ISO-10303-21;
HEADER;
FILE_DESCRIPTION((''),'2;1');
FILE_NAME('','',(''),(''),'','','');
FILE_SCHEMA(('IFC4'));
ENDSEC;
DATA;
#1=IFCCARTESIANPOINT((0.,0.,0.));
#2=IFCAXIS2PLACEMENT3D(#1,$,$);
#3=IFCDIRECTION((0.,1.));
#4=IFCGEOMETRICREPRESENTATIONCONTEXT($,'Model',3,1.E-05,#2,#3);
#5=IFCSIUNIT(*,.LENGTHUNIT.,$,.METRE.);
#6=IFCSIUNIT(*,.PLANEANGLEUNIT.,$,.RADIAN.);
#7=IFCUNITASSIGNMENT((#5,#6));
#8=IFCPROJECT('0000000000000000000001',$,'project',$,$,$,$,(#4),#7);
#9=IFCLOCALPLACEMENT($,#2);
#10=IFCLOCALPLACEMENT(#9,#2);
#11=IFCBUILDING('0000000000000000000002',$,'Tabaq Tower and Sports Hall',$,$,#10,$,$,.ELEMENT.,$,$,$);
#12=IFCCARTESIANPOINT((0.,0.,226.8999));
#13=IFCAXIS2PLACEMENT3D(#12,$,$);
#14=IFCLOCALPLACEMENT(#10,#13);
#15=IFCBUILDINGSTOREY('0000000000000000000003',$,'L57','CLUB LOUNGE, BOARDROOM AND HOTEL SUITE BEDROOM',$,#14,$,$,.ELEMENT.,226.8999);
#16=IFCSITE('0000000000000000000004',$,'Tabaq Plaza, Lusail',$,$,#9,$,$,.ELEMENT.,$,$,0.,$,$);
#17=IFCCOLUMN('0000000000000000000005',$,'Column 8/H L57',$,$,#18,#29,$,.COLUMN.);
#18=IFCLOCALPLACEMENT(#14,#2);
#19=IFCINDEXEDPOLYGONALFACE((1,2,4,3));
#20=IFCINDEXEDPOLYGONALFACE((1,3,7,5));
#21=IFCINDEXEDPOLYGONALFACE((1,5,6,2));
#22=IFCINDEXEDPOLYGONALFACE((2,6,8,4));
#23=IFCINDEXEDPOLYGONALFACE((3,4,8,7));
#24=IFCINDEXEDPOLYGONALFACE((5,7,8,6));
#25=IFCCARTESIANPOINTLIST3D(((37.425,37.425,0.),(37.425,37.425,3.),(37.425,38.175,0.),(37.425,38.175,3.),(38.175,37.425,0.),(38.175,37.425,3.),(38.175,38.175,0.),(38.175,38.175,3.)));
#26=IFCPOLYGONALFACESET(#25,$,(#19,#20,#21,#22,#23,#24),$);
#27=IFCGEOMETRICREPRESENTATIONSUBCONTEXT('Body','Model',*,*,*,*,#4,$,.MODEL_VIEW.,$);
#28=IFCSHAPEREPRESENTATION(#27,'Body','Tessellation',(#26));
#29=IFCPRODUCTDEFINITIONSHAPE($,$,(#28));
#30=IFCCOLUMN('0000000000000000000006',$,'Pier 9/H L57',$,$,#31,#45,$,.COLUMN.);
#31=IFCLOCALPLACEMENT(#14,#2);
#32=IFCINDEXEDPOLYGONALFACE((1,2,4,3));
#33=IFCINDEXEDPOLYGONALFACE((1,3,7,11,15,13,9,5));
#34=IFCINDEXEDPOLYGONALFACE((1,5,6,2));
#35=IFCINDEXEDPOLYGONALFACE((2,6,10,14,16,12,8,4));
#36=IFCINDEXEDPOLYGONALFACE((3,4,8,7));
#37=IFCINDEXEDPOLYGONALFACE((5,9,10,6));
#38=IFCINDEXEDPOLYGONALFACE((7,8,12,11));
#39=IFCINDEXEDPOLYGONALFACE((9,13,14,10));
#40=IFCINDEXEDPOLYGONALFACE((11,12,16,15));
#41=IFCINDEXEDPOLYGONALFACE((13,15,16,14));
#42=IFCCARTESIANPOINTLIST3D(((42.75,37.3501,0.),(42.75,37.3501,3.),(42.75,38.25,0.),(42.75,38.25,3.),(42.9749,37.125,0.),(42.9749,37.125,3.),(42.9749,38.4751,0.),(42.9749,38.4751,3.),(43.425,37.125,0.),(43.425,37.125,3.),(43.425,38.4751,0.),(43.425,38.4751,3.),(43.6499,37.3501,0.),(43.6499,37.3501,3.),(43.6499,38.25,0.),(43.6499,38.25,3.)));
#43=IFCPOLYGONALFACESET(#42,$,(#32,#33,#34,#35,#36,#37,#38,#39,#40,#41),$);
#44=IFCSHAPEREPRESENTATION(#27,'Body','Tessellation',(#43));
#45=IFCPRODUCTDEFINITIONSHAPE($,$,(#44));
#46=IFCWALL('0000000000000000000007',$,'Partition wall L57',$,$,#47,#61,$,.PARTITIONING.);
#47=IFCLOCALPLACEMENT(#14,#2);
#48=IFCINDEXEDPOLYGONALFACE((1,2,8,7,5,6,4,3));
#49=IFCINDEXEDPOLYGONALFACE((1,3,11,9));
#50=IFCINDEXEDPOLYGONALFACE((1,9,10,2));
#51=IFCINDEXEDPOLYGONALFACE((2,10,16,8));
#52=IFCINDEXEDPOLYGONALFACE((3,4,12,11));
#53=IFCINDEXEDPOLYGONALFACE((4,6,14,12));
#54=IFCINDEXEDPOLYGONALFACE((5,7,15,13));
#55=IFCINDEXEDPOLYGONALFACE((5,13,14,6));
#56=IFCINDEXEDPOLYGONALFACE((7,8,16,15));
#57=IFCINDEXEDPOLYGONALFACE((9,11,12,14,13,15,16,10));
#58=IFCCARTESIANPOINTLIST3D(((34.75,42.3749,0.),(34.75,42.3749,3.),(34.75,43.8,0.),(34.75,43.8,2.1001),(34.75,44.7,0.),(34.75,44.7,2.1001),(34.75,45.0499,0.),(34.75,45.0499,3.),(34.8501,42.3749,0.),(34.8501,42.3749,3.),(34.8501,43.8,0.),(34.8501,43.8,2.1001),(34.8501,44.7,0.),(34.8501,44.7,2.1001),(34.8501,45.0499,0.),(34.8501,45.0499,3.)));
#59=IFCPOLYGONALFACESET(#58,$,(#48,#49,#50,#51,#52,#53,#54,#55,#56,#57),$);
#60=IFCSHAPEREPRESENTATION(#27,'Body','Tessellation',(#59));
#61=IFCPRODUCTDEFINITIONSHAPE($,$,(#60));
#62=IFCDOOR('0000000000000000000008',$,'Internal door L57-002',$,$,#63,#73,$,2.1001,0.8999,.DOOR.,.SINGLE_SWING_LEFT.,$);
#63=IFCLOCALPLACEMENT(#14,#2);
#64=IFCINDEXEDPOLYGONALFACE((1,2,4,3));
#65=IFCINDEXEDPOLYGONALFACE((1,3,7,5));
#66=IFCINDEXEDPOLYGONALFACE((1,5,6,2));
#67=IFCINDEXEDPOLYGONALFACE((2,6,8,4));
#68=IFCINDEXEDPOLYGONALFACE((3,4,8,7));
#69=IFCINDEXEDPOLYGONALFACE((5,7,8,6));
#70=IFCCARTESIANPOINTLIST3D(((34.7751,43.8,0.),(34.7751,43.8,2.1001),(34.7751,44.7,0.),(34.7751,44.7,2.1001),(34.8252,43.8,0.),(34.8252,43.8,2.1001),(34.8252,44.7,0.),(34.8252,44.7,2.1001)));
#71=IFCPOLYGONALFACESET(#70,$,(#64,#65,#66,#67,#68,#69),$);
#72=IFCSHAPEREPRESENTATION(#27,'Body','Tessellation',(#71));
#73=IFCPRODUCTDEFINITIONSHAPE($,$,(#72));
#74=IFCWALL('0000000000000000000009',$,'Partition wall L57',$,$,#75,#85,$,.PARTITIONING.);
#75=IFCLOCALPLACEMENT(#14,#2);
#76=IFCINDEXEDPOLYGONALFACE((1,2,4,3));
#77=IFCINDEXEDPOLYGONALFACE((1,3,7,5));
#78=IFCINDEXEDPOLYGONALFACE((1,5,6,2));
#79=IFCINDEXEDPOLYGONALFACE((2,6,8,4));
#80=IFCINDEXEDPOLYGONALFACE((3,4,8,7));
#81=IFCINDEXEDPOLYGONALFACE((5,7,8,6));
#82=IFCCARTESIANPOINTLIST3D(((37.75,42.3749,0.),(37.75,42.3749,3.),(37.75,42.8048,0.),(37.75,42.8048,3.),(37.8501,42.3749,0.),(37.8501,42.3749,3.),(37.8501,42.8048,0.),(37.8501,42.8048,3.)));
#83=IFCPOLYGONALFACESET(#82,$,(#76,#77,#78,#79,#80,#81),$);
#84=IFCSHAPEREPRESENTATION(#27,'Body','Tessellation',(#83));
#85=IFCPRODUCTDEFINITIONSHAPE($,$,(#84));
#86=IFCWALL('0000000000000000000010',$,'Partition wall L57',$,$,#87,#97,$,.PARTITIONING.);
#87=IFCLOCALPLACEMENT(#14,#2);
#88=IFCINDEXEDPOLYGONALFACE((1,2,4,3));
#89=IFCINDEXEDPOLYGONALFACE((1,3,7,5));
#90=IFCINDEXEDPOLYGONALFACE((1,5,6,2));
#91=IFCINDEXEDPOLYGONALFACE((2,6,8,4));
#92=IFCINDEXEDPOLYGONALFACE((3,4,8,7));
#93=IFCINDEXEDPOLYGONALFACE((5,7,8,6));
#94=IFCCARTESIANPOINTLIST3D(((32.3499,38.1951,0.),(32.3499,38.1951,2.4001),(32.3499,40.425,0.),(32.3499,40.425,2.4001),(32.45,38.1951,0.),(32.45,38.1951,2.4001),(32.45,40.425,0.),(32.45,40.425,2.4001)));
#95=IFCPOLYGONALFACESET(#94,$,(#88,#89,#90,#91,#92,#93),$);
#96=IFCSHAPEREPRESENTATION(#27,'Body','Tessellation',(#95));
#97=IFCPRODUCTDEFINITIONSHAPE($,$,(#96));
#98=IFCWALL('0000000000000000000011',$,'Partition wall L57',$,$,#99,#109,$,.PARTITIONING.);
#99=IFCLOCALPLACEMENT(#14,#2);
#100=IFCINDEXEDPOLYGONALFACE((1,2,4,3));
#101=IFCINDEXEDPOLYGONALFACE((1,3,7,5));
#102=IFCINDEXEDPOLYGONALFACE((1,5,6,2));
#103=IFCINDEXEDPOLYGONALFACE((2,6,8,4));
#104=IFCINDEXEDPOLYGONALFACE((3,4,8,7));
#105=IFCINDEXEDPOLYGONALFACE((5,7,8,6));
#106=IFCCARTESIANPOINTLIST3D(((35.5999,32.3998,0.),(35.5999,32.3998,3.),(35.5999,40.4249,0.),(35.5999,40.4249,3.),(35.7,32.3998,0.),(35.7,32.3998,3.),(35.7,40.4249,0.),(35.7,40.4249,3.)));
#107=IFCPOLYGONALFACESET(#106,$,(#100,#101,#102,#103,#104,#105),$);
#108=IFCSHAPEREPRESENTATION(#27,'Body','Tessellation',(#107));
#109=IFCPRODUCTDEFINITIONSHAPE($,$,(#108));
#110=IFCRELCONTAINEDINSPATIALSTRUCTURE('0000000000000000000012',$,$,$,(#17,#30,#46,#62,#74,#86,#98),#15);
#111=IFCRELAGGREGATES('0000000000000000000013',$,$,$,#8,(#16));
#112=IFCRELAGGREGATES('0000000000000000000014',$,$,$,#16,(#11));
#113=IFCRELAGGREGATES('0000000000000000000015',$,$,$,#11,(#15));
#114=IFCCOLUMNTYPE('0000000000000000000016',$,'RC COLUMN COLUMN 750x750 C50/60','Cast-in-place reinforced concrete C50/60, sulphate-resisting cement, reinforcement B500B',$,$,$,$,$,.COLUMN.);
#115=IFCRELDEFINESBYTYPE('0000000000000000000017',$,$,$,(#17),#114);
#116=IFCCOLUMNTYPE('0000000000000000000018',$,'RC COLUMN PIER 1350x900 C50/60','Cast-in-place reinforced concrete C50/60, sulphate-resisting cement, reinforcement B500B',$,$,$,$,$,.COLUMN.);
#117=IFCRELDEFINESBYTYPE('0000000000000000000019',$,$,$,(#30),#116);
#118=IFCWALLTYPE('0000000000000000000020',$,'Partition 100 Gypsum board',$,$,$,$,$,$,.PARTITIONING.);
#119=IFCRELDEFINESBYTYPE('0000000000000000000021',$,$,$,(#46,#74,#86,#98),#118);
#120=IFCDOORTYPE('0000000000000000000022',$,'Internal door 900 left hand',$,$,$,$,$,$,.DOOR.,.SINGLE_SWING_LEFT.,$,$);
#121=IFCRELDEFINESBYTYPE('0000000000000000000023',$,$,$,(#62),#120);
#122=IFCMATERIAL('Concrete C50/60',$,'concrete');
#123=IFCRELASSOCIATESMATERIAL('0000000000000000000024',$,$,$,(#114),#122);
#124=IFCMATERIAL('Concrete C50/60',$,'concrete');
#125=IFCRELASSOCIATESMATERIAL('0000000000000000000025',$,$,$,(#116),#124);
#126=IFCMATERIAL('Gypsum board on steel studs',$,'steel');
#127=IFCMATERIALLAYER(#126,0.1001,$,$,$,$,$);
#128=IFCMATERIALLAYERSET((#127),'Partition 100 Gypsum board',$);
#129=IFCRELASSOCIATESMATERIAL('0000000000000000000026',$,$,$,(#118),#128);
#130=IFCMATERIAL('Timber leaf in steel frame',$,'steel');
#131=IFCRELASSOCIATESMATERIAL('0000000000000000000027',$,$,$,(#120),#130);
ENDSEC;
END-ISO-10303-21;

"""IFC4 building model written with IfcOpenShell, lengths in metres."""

from ifc_helpers import new_model, si_unit, direction, frame, frame_2d, origin, origin_2d, place, context, subcontext, project, spatial, polyline, rectangle, outline, extrude, material, layer, layer_set, material_profile, profile_set, type_object, element, fill, save


model = new_model("IFC4")

# Units and contexts
model_context = context("Model", 3, precision=1e-05, world=origin(), true_north=direction((0.0, 1.0)))
body_context = subcontext(model_context, "Body", "Model", "MODEL_VIEW")
ifc_project = project(units=[si_unit("LENGTHUNIT", "METRE"), si_unit("PLANEANGLEUNIT", "RADIAN")], contexts=[model_context])

# Site, building, storey
site_placement = place(None, origin())
site = spatial("IfcSite", under=ifc_project, at=site_placement, Name="Tabaq Plaza, Lusail", CompositionType="ELEMENT", RefElevation=0.0)
building_placement = place(site_placement, origin())
building = spatial("IfcBuilding", under=site, at=building_placement, Name="Tabaq Tower and Sports Hall", CompositionType="ELEMENT")
storey_placement = place(building_placement, frame((0.0, 0.0, 226.8999)))
storey = spatial("IfcBuildingStorey", under=building, at=storey_placement, Name="L57", Description="CLUB LOUNGE, BOARDROOM AND HOTEL SUITE BEDROOM", CompositionType="ELEMENT", Elevation=226.8999)

# Columns
ifc_material_1 = material(Name="Concrete C50/60", Category="concrete")
ifc_material_profile_1 = material_profile(ifc_material_1, rectangle(XDim=0.75, YDim=0.75, at=origin_2d()), Name="COLUMN 750x750")
ifc_profile_set_1 = profile_set([ifc_material_profile_1], Name="Concrete C50/60")
column_type_1 = type_object("IfcColumnType", Name="RC COLUMN COLUMN 750x750 C50/60", Description="Cast-in-place reinforced concrete C50/60, sulphate-resisting cement, reinforcement B500B", PredefinedType="COLUMN", material=ifc_profile_set_1)
column_1_placement = place(storey_placement, frame((37.8, 37.8, 0.0), z_axis=(0.0, 0.0, 1.0), x_axis=(1.0, 0.0, 0.0)))
element("IfcColumn", 1, at=column_1_placement, inside=storey, type_object=column_type_1, Name="Column 8/H L57", PredefinedType="COLUMN", context=body_context, shape_type="SweptSolid", body=[
    extrude(rectangle(XDim=0.75, YDim=0.75, at=origin_2d()), origin(), (0.0, 0.0, 1.0), 3.0),
])
ifc_material_2 = material(Name="Concrete C50/60", Category="concrete")
ifc_material_profile_2 = material_profile(ifc_material_2, outline(polyline([(-0.45, -0.45), (0.45, -0.45), (0.675, -0.2251), (0.675, 0.2251), (0.45, 0.45), (-0.45, 0.45), (-0.675, 0.2251), (-0.675, -0.2251), (-0.45, -0.45)])), Name="PIER 1350x900")
ifc_profile_set_2 = profile_set([ifc_material_profile_2], Name="Concrete C50/60")
column_type_2 = type_object("IfcColumnType", Name="RC COLUMN PIER 1350x900 C50/60", Description="Cast-in-place reinforced concrete C50/60, sulphate-resisting cement, reinforcement B500B", PredefinedType="COLUMN", material=ifc_profile_set_2)
column_2_placement = place(storey_placement, frame((43.2, 37.8, 0.0), z_axis=(0.0, 0.0, 1.0), x_axis=(0.0, 1.0, 0.0)))
element("IfcColumn", 2, at=column_2_placement, inside=storey, type_object=column_type_2, Name="Pier 9/H L57", PredefinedType="COLUMN", context=body_context, shape_type="SweptSolid", body=[
    extrude(outline(polyline([(-0.45, -0.45), (0.45, -0.45), (0.675, -0.2251), (0.675, 0.2251), (0.45, 0.45), (-0.45, 0.45), (-0.675, 0.2251), (-0.675, -0.2251), (-0.45, -0.45)])), origin(), (0.0, 0.0, 1.0), 3.0),
])

# Wall, opening, door
ifc_material_3 = material(Name="Gypsum board on steel studs", Category="steel")
ifc_layer_1 = layer(ifc_material_3, 0.1001)
ifc_layer_set_1 = layer_set([ifc_layer_1], Name="Partition 100 Gypsum board")
wall_type_1 = type_object("IfcWallType", Name="Partition 100 Gypsum board", PredefinedType="PARTITIONING", material=ifc_layer_set_1)
wall_1_placement = place(storey_placement, frame((34.8, 42.375, 0.0), z_axis=(0.0, 0.0, 1.0), x_axis=(0.0, 1.0, 0.0)))
wall_1 = element("IfcWall", 3, at=wall_1_placement, inside=storey, type_object=wall_type_1, Name="Partition wall L57", PredefinedType="PARTITIONING", context=body_context, shape_type="SweptSolid", body=[
    extrude(rectangle(XDim=2.675, YDim=0.1001, at=frame_2d((1.3374, 0.0))), origin(), (0.0, 0.0, 1.0), 3.0),
])
opening_1_placement = place(wall_1_placement, frame((1.425, 0.0, 0.0)))
opening_1 = element("IfcOpeningElement", 4, at=opening_1_placement, cuts=wall_1, PredefinedType="OPENING", context=body_context, shape_type="SweptSolid", body=[
    extrude(rectangle(XDim=0.8999, YDim=2.1001, at=frame_2d((0.45, 1.05))), frame((0.0, 0.05, 0.0), z_axis=(0.0, -1.0, 0.0), x_axis=(1.0, 0.0, 0.0)), (0.0, 0.0, 1.0), 0.1001),
])
ifc_material_4 = material(Name="Timber leaf in steel frame", Category="steel")
door_type_1 = type_object("IfcDoorType", Name="Internal door 900 left hand", OperationType="SINGLE_SWING_LEFT", PredefinedType="DOOR", material=ifc_material_4)
door_1_placement = place(opening_1_placement, origin())
door_1 = element("IfcDoor", 5, at=door_1_placement, inside=storey, type_object=door_type_1, Name="Internal door L57-002", OperationType="SINGLE_SWING_LEFT", OverallHeight=2.1001, OverallWidth=0.8999, PredefinedType="DOOR", context=body_context, shape_type="SweptSolid", body=[
    extrude(rectangle(XDim=0.8999, YDim=2.1001, at=frame_2d((0.45, 1.05))), frame((0.0, 0.0249, 0.0), z_axis=(0.0, -1.0, 0.0), x_axis=(1.0, 0.0, 0.0)), (0.0, 0.0, 1.0), 0.05),
])
fill(opening_1, door_1)

# Walls
wall_2_placement = place(storey_placement, frame((37.8, 42.375, 0.0), z_axis=(0.0, 0.0, 1.0), x_axis=(0.0, 1.0, 0.0)))
element("IfcWall", 6, at=wall_2_placement, inside=storey, type_object=wall_type_1, Name="Partition wall L57", PredefinedType="PARTITIONING", context=body_context, shape_type="SweptSolid", body=[
    extrude(rectangle(XDim=0.4299, YDim=0.1001, at=frame_2d((0.2148, 0.0))), origin(), (0.0, 0.0, 1.0), 3.0),
])
wall_3_placement = place(storey_placement, frame((32.3999, 38.1951, 0.0), z_axis=(0.0, 0.0, 1.0), x_axis=(0.0, 1.0, 0.0)))
element("IfcWall", 7, at=wall_3_placement, inside=storey, type_object=wall_type_1, Name="Partition wall L57", PredefinedType="PARTITIONING", context=body_context, shape_type="SweptSolid", body=[
    extrude(rectangle(XDim=2.23, YDim=0.1001, at=frame_2d((1.115, 0.0))), origin(), (0.0, 0.0, 1.0), 2.4001),
])
wall_4_placement = place(storey_placement, frame((35.6499, 40.425, 0.0), z_axis=(0.0, 0.0, 1.0), x_axis=(0.0, -1.0, 0.0)))
element("IfcWall", 8, at=wall_4_placement, inside=storey, type_object=wall_type_1, Name="Partition wall L57", PredefinedType="PARTITIONING", context=body_context, shape_type="SweptSolid", body=[
    extrude(rectangle(XDim=8.0251, YDim=0.1001, at=frame_2d((4.0127, 0.0))), origin(), (0.0, 0.0, 1.0), 3.0),
])

save(model, "model.ifc")
